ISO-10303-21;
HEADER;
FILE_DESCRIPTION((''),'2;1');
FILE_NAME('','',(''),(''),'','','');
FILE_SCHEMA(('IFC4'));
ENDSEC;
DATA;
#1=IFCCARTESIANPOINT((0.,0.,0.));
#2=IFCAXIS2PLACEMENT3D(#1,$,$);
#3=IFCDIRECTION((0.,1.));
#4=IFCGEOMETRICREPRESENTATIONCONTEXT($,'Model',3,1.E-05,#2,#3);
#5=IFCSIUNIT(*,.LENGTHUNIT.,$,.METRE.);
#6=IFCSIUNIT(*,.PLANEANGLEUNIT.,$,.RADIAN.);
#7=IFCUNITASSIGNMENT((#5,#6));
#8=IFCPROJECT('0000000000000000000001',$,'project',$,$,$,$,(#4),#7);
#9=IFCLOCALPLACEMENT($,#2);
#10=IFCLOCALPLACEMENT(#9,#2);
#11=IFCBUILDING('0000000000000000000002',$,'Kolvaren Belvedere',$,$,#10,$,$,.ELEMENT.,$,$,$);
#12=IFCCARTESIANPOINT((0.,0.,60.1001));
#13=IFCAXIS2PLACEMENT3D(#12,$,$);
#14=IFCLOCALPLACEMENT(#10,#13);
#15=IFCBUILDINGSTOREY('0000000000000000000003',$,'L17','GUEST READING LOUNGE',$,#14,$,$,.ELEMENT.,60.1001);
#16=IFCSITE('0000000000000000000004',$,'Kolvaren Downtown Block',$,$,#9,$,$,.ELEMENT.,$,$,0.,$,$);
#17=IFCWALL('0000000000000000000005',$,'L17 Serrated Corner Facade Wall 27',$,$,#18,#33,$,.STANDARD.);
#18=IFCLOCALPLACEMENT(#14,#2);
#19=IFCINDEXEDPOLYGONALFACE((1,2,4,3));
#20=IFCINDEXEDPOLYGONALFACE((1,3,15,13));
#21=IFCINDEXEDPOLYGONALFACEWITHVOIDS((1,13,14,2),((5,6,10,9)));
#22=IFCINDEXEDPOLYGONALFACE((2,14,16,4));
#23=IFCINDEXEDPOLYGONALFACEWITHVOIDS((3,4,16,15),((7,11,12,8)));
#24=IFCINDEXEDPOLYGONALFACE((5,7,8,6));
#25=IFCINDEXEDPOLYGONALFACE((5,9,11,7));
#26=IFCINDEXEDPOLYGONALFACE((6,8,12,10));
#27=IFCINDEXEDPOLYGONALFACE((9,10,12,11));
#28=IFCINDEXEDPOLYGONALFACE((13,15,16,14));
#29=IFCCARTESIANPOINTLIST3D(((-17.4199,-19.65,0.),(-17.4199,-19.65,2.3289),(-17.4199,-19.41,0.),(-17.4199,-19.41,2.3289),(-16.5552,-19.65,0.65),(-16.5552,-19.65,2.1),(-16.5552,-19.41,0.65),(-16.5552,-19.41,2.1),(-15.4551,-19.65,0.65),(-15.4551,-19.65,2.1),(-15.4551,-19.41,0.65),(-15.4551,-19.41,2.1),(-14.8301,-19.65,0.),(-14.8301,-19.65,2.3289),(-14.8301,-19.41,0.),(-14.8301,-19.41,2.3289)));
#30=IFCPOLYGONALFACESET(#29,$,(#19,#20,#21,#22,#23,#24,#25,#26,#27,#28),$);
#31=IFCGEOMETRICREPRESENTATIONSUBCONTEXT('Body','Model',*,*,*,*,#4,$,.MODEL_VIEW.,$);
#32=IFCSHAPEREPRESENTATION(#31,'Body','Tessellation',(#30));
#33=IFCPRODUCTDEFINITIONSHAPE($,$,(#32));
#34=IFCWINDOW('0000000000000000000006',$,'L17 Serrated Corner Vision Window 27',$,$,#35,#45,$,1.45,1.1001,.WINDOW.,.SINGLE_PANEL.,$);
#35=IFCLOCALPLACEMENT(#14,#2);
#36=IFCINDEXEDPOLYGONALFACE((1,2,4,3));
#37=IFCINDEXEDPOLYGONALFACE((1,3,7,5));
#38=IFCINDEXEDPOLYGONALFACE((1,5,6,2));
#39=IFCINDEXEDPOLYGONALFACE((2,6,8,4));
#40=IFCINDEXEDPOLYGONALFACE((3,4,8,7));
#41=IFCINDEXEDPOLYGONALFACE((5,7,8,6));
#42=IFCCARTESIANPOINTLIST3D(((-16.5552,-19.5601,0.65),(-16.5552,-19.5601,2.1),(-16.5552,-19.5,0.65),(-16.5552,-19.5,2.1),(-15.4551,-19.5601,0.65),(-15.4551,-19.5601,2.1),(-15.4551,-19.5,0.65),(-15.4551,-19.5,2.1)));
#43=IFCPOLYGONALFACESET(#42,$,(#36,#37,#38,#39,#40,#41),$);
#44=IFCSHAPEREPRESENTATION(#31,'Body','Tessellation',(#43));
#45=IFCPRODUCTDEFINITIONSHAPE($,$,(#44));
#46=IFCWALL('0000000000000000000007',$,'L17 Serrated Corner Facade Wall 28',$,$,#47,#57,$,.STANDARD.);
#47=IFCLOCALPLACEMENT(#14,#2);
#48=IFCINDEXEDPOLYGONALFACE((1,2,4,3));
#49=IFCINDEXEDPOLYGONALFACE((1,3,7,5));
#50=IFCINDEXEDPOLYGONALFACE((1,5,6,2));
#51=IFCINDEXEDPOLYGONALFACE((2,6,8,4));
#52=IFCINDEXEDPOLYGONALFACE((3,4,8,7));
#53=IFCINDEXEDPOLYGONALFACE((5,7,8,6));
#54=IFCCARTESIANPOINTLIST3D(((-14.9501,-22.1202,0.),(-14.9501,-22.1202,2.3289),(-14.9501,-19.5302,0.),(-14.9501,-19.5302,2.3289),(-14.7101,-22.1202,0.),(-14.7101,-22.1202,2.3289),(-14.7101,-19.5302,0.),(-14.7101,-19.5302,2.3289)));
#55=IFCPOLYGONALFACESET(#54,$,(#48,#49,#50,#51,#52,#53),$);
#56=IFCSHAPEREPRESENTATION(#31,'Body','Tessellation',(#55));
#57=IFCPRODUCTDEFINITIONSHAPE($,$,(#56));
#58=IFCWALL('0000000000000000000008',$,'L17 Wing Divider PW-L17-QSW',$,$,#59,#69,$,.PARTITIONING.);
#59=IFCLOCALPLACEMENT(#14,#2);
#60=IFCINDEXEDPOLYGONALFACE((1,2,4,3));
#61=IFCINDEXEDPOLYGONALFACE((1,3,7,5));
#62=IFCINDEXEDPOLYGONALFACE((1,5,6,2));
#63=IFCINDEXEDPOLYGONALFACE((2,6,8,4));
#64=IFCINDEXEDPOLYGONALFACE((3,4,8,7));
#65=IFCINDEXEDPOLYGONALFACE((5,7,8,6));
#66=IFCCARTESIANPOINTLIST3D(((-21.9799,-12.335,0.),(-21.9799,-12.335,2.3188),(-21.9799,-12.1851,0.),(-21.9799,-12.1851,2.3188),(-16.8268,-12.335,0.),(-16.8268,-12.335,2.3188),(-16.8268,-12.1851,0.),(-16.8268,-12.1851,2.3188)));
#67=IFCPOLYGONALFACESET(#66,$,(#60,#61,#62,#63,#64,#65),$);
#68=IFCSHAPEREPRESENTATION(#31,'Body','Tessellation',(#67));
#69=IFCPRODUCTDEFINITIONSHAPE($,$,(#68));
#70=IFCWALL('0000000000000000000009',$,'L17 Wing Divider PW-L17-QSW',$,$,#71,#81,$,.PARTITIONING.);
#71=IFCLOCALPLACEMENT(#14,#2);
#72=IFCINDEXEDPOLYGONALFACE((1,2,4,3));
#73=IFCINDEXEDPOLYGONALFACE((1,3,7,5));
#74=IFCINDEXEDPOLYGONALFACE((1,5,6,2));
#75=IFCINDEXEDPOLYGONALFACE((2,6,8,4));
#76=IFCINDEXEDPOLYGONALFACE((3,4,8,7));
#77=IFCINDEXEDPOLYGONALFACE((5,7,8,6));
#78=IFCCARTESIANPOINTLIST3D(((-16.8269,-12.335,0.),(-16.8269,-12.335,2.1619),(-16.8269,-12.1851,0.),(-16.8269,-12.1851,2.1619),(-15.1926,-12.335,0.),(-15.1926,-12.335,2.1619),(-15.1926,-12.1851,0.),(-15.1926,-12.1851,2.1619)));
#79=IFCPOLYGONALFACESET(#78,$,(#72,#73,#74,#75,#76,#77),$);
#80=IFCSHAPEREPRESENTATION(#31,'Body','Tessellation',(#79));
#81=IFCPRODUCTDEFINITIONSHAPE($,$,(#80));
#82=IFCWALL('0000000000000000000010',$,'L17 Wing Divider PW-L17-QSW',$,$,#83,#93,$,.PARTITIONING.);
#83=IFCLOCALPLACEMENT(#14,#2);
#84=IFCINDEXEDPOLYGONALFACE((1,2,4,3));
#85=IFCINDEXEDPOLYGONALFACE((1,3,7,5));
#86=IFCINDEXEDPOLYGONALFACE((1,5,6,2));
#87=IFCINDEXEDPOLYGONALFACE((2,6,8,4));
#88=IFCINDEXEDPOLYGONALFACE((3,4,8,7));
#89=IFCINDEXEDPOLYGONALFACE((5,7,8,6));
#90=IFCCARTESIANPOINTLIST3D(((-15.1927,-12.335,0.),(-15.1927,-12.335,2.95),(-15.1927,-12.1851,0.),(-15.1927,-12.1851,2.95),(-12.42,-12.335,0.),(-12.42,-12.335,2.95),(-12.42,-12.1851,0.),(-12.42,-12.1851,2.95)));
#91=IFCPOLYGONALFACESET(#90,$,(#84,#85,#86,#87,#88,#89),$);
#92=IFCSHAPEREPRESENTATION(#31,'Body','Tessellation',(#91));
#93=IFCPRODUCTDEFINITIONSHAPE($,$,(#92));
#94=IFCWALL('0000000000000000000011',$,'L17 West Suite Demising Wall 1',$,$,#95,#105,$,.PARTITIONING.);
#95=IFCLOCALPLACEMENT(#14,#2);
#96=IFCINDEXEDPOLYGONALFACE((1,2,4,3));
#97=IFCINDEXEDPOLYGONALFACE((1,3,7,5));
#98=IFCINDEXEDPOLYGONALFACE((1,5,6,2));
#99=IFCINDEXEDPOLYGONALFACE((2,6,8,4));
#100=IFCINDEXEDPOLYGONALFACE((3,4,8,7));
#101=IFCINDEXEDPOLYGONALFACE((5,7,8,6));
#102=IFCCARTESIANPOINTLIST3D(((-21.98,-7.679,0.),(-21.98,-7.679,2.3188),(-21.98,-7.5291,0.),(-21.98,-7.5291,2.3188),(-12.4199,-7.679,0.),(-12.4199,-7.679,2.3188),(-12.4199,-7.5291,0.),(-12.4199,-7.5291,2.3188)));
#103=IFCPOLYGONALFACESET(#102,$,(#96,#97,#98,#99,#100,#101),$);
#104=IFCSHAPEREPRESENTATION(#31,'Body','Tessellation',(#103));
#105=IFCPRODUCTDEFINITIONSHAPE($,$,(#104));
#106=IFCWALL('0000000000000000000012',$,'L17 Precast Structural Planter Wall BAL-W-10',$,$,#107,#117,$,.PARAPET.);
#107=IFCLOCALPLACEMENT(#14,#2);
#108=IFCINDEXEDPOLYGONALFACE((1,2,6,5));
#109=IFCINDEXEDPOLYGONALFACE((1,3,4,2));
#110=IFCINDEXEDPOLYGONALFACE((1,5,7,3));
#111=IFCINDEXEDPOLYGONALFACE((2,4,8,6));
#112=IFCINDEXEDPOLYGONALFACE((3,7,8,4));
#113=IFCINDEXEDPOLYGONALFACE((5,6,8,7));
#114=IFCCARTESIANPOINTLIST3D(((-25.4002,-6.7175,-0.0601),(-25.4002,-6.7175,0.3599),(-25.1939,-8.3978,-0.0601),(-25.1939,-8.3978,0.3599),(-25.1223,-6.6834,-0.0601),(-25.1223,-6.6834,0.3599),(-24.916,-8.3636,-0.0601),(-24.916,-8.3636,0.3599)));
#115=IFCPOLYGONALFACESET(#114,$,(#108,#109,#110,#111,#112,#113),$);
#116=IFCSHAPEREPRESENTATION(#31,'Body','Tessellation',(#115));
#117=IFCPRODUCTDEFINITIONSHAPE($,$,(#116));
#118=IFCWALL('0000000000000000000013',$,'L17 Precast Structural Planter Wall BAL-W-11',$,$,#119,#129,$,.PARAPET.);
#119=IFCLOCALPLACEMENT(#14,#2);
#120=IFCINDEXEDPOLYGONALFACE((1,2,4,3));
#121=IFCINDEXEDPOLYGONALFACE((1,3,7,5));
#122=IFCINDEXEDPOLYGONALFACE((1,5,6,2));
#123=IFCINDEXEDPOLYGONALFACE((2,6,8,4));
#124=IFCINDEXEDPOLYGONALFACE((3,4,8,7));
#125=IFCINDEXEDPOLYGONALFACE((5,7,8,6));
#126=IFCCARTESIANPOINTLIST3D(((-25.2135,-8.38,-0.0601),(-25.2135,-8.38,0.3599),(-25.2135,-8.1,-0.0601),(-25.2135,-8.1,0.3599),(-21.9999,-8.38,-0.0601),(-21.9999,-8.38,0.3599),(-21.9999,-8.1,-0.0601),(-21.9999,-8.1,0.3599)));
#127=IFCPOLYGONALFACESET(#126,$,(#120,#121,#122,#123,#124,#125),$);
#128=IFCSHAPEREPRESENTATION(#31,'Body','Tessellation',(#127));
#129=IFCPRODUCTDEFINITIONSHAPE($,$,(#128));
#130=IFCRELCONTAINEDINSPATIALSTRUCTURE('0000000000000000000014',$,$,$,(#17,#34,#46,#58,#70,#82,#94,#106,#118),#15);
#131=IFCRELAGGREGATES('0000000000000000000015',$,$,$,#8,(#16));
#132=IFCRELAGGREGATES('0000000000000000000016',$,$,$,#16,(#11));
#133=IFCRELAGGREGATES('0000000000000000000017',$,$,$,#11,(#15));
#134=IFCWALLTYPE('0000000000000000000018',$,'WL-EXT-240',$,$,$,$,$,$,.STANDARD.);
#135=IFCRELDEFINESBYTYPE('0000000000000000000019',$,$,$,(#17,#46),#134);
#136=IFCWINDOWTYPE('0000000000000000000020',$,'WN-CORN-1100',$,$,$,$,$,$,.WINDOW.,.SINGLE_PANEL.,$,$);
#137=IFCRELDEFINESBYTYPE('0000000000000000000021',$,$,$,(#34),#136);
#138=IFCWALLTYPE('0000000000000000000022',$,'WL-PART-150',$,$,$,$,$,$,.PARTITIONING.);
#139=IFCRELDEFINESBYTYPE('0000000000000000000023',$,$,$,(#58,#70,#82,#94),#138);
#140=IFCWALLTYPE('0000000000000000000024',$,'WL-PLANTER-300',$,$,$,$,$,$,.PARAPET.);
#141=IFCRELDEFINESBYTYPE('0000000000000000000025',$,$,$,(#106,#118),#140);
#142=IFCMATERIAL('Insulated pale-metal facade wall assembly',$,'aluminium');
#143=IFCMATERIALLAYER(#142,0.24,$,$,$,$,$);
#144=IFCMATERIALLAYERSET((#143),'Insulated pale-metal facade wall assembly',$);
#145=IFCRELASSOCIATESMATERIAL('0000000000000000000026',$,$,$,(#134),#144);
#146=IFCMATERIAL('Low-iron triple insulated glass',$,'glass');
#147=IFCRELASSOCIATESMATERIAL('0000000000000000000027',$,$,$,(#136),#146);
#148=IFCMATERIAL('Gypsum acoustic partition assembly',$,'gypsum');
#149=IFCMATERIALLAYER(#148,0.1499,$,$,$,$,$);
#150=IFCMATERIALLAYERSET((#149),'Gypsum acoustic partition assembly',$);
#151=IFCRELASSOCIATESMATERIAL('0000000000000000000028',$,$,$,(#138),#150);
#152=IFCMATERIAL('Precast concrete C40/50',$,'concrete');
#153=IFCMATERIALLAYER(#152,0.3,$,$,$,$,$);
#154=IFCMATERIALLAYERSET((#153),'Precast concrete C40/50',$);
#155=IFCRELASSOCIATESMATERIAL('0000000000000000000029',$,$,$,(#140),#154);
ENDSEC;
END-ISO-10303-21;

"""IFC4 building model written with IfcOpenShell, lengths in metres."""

from ifc_helpers import new_model, si_unit, direction, frame, frame_2d, origin, place, context, subcontext, project, spatial, rectangle, extrude, material, layer, layer_set, type_object, element, fill, save


model = new_model("IFC4")

# Units and contexts
model_context = context("Model", 3, precision=1e-05, world=origin(), true_north=direction((0.0, 1.0)))
body_context = subcontext(model_context, "Body", "Model", "MODEL_VIEW")
ifc_project = project(units=[si_unit("LENGTHUNIT", "METRE"), si_unit("PLANEANGLEUNIT", "RADIAN")], contexts=[model_context])

# Site, building, storey
site_placement = place(None, origin())
site = spatial("IfcSite", under=ifc_project, at=site_placement, Name="Kolvaren Downtown Block", CompositionType="ELEMENT", RefElevation=0.0)
building_placement = place(site_placement, origin())
building = spatial("IfcBuilding", under=site, at=building_placement, Name="Kolvaren Belvedere", CompositionType="ELEMENT")
storey_placement = place(building_placement, frame((0.0, 0.0, 60.1001)))
storey = spatial("IfcBuildingStorey", under=building, at=storey_placement, Name="L17", Description="GUEST READING LOUNGE", CompositionType="ELEMENT", Elevation=60.1001)

# Shared definitions
ifc_material_1 = material(Name="Insulated pale-metal facade wall assembly", Category="aluminium")
ifc_layer_1 = layer(ifc_material_1, 0.24)
ifc_layer_set_1 = layer_set([ifc_layer_1], Name="Insulated pale-metal facade wall assembly")
wall_type_1 = type_object("IfcWallType", Name="WL-EXT-240", PredefinedType="STANDARD", material=ifc_layer_set_1)

# Wall, opening, window
ifc_material_2 = material(Name="Low-iron triple insulated glass", Category="glass")
window_type = type_object("IfcWindowType", Name="WN-CORN-1100", PartitioningType="SINGLE_PANEL", PredefinedType="WINDOW", material=ifc_material_2)
wall_1_placement = place(storey_placement, frame((-14.8301, -19.53, 0.0), z_axis=(0.0, 0.0, 1.0), x_axis=(-1.0, 0.0, 0.0)))
wall_1 = element("IfcWall", 1, at=wall_1_placement, inside=storey, type_object=wall_type_1, Name="L17 Serrated Corner Facade Wall 27", PredefinedType="STANDARD", context=body_context, shape_type="SweptSolid", body=[
    extrude(rectangle(XDim=2.5898, YDim=0.24, at=frame_2d((1.2949, 0.0))), origin(), (0.0, 0.0, 1.0), 2.3289),
])
opening_1_placement = place(wall_1_placement, frame((0.625, 0.0, 0.6499)))
opening_1 = element("IfcOpeningElement", 2, at=opening_1_placement, cuts=wall_1, PredefinedType="OPENING", context=body_context, shape_type="SweptSolid", body=[
    extrude(rectangle(XDim=1.1001, YDim=1.45, at=frame_2d((0.55, 0.7251))), frame((0.0, 0.1299, 0.0), z_axis=(0.0, -1.0, 0.0), x_axis=(1.0, 0.0, 0.0)), (0.0, 0.0, 1.0), 0.26),
])
window_1_placement = place(opening_1_placement, origin())
window_1 = element("IfcWindow", 3, at=window_1_placement, inside=storey, type_object=window_type, Name="L17 Serrated Corner Vision Window 27", OverallHeight=1.45, OverallWidth=1.1001, PartitioningType="SINGLE_PANEL", PredefinedType="WINDOW", context=body_context, shape_type="SweptSolid", body=[
    extrude(rectangle(XDim=1.1001, YDim=1.45, at=frame_2d((0.55, 0.7251))), frame((0.0, 0.03, 0.0), z_axis=(0.0, -1.0, 0.0), x_axis=(1.0, 0.0, 0.0)), (0.0, 0.0, 1.0), 0.0601),
])
fill(opening_1, window_1)

# Walls
wall_2_placement = place(storey_placement, frame((-14.8301, -22.1201, 0.0), z_axis=(0.0, 0.0, 1.0), x_axis=(0.0, 1.0, 0.0)))
element("IfcWall", 4, at=wall_2_placement, inside=storey, type_object=wall_type_1, Name="L17 Serrated Corner Facade Wall 28", PredefinedType="STANDARD", context=body_context, shape_type="SweptSolid", body=[
    extrude(rectangle(XDim=2.5901, YDim=0.24, at=frame_2d((1.2949, 0.0))), origin(), (0.0, 0.0, 1.0), 2.3289),
])
ifc_material_3 = material(Name="Gypsum acoustic partition assembly", Category="gypsum")
ifc_layer_2 = layer(ifc_material_3, 0.1499)
ifc_layer_set_2 = layer_set([ifc_layer_2], Name="Gypsum acoustic partition assembly")
wall_type_2 = type_object("IfcWallType", Name="WL-PART-150", PredefinedType="PARTITIONING", material=ifc_layer_set_2)
wall_3_placement = place(storey_placement, frame((-21.98, -12.26, 0.0), z_axis=(0.0, 0.0, 1.0), x_axis=(1.0, 0.0, 0.0)))
element("IfcWall", 5, at=wall_3_placement, inside=storey, type_object=wall_type_2, Name="L17 Wing Divider PW-L17-QSW", PredefinedType="PARTITIONING", context=body_context, shape_type="SweptSolid", body=[
    extrude(rectangle(XDim=5.1531, YDim=0.1499, at=frame_2d((2.5767, 0.0))), origin(), (0.0, 0.0, 1.0), 2.3188),
])
wall_4_placement = place(storey_placement, frame((-16.8269, -12.26, 0.0), z_axis=(0.0, 0.0, 1.0), x_axis=(1.0, 0.0, 0.0)))
element("IfcWall", 6, at=wall_4_placement, inside=storey, type_object=wall_type_2, Name="L17 Wing Divider PW-L17-QSW", PredefinedType="PARTITIONING", context=body_context, shape_type="SweptSolid", body=[
    extrude(rectangle(XDim=1.6343, YDim=0.1499, at=frame_2d((0.8171, 0.0))), origin(), (0.0, 0.0, 1.0), 2.1619),
])
wall_5_placement = place(storey_placement, frame((-15.1926, -12.26, 0.0), z_axis=(0.0, 0.0, 1.0), x_axis=(1.0, 0.0, 0.0)))
element("IfcWall", 7, at=wall_5_placement, inside=storey, type_object=wall_type_2, Name="L17 Wing Divider PW-L17-QSW", PredefinedType="PARTITIONING", context=body_context, shape_type="SweptSolid", body=[
    extrude(rectangle(XDim=2.7727, YDim=0.1499, at=frame_2d((1.3862, 0.0))), origin(), (0.0, 0.0, 1.0), 2.95),
])
wall_6_placement = place(storey_placement, frame((-21.98, -7.604, 0.0), z_axis=(0.0, 0.0, 1.0), x_axis=(1.0, 0.0, 0.0)))
element("IfcWall", 8, at=wall_6_placement, inside=storey, type_object=wall_type_2, Name="L17 West Suite Demising Wall 1", PredefinedType="PARTITIONING", context=body_context, shape_type="SweptSolid", body=[
    extrude(rectangle(XDim=9.5601, YDim=0.1499, at=frame_2d((4.78, 0.0))), origin(), (0.0, 0.0, 1.0), 2.3188),
])
ifc_material_4 = material(Name="Precast concrete C40/50", Category="concrete")
ifc_layer_3 = layer(ifc_material_4, 0.3)
ifc_layer_set_3 = layer_set([ifc_layer_3], Name="Precast concrete C40/50")
wall_type_3 = type_object("IfcWallType", Name="WL-PLANTER-300", PredefinedType="PARAPET", material=ifc_layer_set_3)
wall_7_placement = place(storey_placement, frame((-25.2612, -6.7004, -0.0601), z_axis=(0.0, 0.0, 1.0), x_axis=(0.121869, -0.992546, 0.0)))
element("IfcWall", 9, at=wall_7_placement, inside=storey, type_object=wall_type_3, Name="L17 Precast Structural Planter Wall BAL-W-10", PredefinedType="PARAPET", context=body_context, shape_type="SweptSolid", body=[
    extrude(rectangle(XDim=1.6929, YDim=0.28, at=frame_2d((0.8464, 0.0))), origin(), (0.0, 0.0, 1.0), 0.4199),
])
wall_8_placement = place(storey_placement, frame((-25.2136, -8.24, -0.0601), z_axis=(0.0, 0.0, 1.0), x_axis=(1.0, 0.0, 0.0)))
element("IfcWall", 10, at=wall_8_placement, inside=storey, type_object=wall_type_3, Name="L17 Precast Structural Planter Wall BAL-W-11", PredefinedType="PARAPET", context=body_context, shape_type="SweptSolid", body=[
    extrude(rectangle(XDim=3.2136, YDim=0.28, at=frame_2d((1.6069, 0.0))), origin(), (0.0, 0.0, 1.0), 0.4199),
])

save(model, "model.ifc")
